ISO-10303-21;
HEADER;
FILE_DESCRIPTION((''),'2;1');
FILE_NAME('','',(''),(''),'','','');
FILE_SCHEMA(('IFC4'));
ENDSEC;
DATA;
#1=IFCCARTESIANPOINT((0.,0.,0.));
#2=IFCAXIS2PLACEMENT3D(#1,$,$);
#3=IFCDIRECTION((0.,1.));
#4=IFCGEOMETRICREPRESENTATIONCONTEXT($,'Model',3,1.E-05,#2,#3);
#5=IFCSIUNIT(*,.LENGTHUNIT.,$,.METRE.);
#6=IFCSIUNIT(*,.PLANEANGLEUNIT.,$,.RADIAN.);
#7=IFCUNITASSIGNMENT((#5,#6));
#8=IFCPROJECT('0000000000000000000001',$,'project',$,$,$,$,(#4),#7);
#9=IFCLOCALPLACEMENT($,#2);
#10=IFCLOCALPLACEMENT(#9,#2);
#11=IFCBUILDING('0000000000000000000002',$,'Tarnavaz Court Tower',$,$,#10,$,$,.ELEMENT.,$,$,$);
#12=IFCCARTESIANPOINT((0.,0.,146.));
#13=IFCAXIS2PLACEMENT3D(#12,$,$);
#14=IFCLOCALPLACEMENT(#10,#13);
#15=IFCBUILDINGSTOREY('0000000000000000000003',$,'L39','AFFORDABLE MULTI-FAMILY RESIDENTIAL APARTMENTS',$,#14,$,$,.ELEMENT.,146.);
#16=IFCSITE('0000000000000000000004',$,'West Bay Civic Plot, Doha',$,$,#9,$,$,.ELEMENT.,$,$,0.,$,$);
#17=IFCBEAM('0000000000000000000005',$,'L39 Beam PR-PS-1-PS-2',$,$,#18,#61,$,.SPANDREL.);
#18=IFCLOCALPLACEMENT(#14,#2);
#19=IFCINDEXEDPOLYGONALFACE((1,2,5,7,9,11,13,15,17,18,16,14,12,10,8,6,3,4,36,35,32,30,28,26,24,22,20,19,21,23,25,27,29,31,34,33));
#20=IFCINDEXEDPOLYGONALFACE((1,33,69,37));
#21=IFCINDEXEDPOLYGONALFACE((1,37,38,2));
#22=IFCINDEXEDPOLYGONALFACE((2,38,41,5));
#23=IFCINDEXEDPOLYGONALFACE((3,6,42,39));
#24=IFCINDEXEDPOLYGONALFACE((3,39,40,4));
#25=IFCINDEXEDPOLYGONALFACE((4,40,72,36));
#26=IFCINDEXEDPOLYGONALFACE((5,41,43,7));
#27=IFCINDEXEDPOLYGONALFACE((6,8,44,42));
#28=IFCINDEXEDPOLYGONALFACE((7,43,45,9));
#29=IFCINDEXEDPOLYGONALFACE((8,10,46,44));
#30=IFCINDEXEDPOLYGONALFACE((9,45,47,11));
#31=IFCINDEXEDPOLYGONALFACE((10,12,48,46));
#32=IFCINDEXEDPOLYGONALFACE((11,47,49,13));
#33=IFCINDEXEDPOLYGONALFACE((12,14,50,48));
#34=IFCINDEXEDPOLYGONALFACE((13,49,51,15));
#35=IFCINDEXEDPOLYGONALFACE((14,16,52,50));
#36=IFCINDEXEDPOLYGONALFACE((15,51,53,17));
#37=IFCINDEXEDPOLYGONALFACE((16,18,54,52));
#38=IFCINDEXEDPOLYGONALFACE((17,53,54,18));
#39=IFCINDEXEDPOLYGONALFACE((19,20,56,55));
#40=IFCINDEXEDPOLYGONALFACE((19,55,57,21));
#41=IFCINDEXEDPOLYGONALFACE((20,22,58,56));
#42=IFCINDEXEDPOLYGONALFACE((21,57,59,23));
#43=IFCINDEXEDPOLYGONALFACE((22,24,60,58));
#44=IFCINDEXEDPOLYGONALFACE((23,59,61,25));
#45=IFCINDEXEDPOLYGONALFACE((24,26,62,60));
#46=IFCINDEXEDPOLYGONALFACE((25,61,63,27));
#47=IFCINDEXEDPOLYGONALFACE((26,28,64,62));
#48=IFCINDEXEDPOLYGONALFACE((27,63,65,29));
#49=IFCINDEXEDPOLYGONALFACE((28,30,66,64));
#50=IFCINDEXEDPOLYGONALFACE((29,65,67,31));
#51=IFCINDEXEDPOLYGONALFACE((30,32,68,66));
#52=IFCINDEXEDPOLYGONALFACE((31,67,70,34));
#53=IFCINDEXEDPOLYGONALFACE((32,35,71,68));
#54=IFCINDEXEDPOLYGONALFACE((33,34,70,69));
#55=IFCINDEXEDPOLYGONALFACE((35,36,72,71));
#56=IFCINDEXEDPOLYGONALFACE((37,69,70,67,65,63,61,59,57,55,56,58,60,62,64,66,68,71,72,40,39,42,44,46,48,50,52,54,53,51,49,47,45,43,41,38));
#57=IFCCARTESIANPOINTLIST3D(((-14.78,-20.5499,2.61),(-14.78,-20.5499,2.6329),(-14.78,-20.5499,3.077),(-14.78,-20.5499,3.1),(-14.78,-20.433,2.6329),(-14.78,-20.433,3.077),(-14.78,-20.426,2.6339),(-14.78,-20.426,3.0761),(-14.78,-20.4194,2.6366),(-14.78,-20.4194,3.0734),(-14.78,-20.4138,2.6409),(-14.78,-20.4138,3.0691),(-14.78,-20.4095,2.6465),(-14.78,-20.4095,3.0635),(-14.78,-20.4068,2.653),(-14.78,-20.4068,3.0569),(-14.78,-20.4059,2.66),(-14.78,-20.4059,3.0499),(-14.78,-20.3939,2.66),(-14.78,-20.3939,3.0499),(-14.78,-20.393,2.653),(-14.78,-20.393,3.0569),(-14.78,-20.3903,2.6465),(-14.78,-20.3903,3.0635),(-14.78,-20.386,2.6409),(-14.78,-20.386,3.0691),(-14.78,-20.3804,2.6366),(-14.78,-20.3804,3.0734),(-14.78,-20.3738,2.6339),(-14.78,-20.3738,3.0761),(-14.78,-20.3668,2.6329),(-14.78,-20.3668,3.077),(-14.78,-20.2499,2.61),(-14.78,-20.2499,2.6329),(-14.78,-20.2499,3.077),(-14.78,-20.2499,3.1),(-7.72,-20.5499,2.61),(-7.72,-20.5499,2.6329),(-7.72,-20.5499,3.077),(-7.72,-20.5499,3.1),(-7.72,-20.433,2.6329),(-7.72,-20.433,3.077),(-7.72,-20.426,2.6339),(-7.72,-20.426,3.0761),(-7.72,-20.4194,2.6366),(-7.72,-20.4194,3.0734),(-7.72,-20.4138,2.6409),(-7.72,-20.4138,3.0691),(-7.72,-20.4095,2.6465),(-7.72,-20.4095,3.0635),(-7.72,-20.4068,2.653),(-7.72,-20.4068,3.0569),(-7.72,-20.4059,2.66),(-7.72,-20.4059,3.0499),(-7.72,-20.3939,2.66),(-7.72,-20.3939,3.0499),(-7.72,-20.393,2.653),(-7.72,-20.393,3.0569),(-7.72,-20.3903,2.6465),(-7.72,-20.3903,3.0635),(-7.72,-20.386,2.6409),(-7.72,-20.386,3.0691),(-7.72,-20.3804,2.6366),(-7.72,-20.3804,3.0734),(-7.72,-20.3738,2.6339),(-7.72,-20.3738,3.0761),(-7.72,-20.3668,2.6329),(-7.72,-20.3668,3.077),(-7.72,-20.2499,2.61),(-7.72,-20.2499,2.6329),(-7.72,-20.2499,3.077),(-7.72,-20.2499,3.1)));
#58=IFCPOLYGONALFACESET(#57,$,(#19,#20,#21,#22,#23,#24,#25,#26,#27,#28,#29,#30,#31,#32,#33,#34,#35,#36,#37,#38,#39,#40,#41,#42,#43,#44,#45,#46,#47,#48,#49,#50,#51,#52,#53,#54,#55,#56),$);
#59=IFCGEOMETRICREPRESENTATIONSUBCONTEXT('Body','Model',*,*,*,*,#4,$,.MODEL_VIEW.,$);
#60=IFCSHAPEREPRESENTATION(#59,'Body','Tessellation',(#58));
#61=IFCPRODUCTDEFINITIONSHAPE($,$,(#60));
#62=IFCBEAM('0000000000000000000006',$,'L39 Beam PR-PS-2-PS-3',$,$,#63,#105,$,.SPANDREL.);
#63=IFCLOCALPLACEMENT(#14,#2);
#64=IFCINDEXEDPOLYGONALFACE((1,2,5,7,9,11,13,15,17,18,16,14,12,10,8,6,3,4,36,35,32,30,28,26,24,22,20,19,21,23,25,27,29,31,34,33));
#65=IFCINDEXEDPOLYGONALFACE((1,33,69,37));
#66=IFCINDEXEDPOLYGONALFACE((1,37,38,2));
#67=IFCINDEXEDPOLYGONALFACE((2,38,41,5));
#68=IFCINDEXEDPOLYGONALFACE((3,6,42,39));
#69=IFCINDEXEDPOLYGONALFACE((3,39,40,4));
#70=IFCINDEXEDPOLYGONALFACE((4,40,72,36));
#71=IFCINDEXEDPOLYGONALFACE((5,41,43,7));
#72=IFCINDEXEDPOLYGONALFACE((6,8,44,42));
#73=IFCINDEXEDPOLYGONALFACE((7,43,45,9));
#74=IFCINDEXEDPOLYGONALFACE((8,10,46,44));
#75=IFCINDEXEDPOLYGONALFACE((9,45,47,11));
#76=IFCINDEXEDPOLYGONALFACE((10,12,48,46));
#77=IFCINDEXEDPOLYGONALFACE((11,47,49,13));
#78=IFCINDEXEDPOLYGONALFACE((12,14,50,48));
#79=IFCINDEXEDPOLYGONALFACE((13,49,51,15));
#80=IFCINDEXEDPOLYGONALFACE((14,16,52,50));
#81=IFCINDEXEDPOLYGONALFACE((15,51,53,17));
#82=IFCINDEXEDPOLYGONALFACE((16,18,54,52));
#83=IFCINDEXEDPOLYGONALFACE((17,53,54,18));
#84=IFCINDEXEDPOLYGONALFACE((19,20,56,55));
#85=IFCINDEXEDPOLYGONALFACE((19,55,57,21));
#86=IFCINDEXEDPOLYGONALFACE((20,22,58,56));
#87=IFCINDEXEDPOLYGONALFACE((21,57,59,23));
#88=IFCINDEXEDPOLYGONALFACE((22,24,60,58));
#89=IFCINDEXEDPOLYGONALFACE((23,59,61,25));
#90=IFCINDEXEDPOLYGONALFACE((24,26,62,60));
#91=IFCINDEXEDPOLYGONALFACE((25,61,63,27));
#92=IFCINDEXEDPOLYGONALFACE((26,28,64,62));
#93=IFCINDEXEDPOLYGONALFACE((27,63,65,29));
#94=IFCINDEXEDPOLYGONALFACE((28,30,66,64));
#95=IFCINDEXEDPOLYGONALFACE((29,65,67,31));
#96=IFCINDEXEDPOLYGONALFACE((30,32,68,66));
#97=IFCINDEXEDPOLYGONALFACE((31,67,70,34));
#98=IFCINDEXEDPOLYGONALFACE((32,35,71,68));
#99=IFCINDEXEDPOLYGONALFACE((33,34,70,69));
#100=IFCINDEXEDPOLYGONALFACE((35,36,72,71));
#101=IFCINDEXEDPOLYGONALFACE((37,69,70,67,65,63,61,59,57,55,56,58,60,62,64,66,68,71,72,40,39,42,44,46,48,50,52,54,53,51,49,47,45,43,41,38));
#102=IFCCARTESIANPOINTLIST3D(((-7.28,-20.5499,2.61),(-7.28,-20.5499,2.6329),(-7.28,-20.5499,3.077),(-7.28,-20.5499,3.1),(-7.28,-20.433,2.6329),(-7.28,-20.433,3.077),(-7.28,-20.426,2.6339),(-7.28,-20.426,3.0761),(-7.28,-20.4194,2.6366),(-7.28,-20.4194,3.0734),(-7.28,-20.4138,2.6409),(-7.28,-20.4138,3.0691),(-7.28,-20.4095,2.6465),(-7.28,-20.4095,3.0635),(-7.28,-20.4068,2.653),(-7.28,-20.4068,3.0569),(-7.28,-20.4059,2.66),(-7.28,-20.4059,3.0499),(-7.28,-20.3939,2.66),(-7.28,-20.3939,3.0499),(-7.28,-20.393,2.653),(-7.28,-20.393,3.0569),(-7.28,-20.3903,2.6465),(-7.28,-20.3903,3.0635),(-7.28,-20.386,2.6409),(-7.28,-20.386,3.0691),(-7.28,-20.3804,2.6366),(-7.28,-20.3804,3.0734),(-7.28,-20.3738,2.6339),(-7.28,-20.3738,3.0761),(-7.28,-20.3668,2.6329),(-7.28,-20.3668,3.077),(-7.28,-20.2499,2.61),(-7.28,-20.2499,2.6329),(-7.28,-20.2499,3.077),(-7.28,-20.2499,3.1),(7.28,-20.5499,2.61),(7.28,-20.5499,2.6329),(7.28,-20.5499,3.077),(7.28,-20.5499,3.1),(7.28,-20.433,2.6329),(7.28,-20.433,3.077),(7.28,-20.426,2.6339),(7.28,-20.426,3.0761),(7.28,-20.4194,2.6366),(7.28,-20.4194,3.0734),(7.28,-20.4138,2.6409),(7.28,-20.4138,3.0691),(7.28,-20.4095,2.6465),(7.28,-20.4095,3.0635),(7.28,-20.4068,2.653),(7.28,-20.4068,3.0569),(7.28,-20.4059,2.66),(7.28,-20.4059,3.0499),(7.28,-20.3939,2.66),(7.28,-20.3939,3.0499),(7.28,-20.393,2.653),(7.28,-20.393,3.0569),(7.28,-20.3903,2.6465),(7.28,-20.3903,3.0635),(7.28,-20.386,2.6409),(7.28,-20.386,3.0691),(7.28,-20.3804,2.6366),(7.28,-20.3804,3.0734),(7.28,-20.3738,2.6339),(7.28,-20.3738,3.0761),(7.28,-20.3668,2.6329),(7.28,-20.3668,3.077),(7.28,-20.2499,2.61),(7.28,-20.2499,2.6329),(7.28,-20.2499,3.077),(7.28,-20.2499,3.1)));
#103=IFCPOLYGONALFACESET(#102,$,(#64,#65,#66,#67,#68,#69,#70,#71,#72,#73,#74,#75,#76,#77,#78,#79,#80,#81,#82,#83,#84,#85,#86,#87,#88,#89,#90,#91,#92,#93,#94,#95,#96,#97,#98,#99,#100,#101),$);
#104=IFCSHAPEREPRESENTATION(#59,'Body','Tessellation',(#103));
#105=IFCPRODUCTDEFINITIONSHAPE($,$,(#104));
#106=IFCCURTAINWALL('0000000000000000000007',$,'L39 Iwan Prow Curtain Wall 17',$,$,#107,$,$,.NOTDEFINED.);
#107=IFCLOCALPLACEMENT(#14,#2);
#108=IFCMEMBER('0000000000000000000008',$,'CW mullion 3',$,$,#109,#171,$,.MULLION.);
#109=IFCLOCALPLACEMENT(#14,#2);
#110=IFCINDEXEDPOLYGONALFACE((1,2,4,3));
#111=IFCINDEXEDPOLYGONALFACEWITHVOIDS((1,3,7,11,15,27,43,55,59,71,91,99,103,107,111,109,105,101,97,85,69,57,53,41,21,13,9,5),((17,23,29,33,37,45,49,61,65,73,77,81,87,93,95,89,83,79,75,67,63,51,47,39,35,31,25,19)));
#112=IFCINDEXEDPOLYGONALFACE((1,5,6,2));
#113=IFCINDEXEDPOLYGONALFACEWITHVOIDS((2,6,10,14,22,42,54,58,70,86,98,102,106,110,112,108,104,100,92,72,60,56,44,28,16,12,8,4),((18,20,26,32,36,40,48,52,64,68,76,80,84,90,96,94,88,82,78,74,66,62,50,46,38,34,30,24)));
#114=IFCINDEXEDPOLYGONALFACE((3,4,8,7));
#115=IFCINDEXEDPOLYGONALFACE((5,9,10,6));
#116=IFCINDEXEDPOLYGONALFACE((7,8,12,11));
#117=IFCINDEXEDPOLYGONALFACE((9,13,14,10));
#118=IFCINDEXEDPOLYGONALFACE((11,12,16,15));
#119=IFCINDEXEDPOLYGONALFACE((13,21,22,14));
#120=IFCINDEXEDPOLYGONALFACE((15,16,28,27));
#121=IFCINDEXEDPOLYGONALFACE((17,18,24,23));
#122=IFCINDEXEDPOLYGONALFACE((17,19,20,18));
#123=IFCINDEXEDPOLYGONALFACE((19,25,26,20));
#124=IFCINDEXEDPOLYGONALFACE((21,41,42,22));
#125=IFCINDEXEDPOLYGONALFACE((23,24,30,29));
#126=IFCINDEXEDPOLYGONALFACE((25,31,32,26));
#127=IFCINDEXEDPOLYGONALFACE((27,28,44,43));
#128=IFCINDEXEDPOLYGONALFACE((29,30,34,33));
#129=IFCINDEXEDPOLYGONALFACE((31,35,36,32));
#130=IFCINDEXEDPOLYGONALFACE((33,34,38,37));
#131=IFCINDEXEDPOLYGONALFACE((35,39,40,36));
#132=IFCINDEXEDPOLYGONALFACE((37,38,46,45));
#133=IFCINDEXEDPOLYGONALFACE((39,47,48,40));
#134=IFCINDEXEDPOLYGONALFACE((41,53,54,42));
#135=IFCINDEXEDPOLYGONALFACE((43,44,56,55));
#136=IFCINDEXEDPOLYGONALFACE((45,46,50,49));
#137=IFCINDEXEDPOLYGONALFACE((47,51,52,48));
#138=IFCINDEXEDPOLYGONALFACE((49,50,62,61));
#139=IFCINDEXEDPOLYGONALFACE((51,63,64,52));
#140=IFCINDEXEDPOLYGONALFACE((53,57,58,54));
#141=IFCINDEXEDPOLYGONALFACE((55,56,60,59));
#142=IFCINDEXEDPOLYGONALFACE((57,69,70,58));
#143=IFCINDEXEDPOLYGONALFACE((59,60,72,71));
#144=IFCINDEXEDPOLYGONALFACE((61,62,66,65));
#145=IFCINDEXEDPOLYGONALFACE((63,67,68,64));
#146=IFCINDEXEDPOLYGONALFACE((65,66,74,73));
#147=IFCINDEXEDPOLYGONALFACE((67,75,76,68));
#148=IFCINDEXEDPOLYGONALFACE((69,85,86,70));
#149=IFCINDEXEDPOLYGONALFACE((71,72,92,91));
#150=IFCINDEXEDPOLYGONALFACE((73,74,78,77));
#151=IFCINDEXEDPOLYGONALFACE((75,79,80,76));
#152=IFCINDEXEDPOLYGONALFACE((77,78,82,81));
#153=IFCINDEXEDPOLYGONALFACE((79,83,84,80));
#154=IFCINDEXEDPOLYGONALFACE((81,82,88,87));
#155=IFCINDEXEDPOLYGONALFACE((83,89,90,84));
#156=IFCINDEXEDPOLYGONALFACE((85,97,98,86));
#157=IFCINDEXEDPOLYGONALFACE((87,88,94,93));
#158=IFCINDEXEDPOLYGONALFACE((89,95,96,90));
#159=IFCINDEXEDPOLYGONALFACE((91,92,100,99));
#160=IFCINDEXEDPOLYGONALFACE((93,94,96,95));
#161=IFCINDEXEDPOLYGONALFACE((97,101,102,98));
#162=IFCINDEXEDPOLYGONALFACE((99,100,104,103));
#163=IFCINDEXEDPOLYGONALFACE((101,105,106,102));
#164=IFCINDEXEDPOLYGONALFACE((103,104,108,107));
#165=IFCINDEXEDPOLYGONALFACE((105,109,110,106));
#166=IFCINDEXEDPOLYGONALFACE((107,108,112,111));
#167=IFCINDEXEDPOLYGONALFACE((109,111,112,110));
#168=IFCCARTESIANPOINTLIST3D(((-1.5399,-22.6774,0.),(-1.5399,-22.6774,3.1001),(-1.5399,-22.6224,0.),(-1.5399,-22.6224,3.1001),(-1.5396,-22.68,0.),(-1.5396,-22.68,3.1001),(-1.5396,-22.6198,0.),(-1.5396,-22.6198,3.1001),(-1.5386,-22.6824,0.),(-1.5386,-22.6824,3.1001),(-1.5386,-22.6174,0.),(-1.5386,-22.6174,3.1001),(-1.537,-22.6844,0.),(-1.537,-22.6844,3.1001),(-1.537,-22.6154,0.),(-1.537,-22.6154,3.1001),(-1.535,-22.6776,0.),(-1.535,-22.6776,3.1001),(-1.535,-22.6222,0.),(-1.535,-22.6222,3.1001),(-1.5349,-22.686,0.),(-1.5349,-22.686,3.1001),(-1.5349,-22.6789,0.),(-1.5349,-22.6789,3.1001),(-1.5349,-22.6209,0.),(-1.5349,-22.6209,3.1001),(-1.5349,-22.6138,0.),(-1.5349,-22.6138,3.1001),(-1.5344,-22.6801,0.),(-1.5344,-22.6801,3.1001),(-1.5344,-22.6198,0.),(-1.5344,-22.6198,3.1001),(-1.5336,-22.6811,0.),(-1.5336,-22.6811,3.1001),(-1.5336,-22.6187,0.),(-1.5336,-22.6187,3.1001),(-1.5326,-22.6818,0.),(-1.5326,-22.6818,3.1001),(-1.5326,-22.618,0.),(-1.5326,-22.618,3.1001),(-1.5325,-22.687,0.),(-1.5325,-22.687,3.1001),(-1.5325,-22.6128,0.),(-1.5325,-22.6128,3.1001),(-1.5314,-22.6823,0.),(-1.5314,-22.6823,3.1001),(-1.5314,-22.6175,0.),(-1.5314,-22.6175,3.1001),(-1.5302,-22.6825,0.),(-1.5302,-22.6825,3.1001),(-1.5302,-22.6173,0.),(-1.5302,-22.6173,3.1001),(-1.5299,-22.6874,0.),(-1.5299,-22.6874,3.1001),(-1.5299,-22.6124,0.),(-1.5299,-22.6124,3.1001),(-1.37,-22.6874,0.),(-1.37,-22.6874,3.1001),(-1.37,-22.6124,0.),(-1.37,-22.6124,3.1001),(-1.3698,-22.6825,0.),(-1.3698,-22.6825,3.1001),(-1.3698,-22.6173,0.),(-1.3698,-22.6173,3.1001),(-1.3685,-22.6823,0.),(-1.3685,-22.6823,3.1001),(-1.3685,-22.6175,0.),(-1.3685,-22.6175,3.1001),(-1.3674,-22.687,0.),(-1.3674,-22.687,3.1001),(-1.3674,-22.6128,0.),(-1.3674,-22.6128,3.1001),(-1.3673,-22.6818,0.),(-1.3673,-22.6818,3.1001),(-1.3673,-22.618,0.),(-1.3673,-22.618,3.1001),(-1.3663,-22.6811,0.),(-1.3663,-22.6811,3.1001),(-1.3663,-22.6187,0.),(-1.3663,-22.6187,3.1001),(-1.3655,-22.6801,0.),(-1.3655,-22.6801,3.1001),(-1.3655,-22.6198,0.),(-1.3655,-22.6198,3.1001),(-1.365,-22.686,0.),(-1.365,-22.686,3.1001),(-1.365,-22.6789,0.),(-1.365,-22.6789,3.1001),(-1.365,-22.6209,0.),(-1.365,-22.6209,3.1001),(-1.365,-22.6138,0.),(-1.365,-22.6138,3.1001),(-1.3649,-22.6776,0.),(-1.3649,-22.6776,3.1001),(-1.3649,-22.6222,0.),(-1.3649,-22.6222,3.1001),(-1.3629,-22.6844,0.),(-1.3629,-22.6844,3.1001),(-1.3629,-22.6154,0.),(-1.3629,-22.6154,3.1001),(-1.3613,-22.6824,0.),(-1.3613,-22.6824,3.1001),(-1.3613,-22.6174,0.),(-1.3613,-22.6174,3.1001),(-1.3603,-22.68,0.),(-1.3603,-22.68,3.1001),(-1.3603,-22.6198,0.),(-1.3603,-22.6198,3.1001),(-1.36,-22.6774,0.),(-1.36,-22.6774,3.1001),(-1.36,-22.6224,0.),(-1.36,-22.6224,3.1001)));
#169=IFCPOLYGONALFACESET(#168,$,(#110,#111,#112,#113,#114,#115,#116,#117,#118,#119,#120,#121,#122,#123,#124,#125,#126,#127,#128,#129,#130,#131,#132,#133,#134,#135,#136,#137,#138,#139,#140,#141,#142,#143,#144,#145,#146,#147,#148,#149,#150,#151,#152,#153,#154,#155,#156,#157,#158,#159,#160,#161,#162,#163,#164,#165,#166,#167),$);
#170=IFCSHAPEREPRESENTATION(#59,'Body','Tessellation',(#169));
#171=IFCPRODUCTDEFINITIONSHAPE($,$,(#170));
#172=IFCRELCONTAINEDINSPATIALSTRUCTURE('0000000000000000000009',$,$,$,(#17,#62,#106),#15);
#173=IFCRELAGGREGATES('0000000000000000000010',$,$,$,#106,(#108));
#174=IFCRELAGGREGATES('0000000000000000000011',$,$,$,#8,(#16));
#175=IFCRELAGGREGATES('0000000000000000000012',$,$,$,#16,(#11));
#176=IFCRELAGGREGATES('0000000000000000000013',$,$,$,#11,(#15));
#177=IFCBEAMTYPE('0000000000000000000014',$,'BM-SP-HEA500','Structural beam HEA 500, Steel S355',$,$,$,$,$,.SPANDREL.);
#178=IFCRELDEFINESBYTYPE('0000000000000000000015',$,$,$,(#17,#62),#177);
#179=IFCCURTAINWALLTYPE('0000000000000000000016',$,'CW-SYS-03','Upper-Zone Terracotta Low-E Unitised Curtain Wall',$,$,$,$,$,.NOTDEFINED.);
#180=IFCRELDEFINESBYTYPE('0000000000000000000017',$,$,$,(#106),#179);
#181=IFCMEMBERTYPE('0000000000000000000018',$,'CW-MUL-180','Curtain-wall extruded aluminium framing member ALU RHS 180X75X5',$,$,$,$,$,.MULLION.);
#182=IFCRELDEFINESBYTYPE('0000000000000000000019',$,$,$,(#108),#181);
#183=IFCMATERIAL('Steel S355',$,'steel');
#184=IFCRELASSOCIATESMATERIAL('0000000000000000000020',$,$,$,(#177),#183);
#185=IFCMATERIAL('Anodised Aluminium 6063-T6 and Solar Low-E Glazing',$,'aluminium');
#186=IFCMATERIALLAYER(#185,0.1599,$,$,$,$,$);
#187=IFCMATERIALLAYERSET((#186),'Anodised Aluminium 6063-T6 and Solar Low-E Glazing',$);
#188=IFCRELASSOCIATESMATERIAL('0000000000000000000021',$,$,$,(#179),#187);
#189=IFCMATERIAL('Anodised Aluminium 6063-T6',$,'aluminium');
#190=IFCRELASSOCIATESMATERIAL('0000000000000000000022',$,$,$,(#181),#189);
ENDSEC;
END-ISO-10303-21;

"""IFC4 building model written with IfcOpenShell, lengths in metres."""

from ifc_helpers import new_model, si_unit, direction, frame, origin, origin_2d, place, context, subcontext, project, spatial, hollow_rectangle, i_section, extrude, material, layer, layer_set, material_profile, profile_set, type_object, element, aggregate, save


model = new_model("IFC4")

# Units and contexts
model_context = context("Model", 3, precision=1e-05, world=origin(), true_north=direction((0.0, 1.0)))
body_context = subcontext(model_context, "Body", "Model", "MODEL_VIEW")
ifc_project = project(units=[si_unit("LENGTHUNIT", "METRE"), si_unit("PLANEANGLEUNIT", "RADIAN")], contexts=[model_context])

# Site, building, storey
site_placement = place(None, origin())
site = spatial("IfcSite", under=ifc_project, at=site_placement, Name="West Bay Civic Plot, Doha", CompositionType="ELEMENT", RefElevation=0.0)
building_placement = place(site_placement, origin())
building = spatial("IfcBuilding", under=site, at=building_placement, Name="Tarnavaz Court Tower", CompositionType="ELEMENT")
storey_placement = place(building_placement, frame((0.0, 0.0, 146.0)))
storey = spatial("IfcBuildingStorey", under=building, at=storey_placement, Name="L39", Description="AFFORDABLE MULTI-FAMILY RESIDENTIAL APARTMENTS", CompositionType="ELEMENT", Elevation=146.0)

# Beams
ifc_material_1 = material(Name="Steel S355", Category="steel")
ifc_material_profile_1 = material_profile(ifc_material_1, i_section(OverallWidth=0.3, OverallDepth=0.49, WebThickness=0.012, FlangeThickness=0.0229, FilletRadius=0.0271, at=origin_2d()), Name="HEA 500")
ifc_profile_set_1 = profile_set([ifc_material_profile_1], Name="Steel S355")
beam_type_1 = type_object("IfcBeamType", Name="BM-SP-HEA500", Description="Structural beam HEA 500, Steel S355", PredefinedType="SPANDREL", material=ifc_profile_set_1)
beam_1_placement = place(storey_placement, frame((-14.78, -20.3999, 2.855), z_axis=(1.0, 0.0, 0.0), x_axis=(0.0, 1.0, 0.0)))
element("IfcBeam", 1, at=beam_1_placement, inside=storey, type_object=beam_type_1, Name="L39 Beam PR-PS-1-PS-2", PredefinedType="SPANDREL", context=body_context, shape_type="SweptSolid", body=[
    extrude(i_section(OverallWidth=0.3, OverallDepth=0.49, WebThickness=0.012, FlangeThickness=0.0229, FilletRadius=0.0271, at=origin_2d()), origin(), (0.0, 0.0, 1.0), 7.0601),
])
beam_2_placement = place(storey_placement, frame((-7.28, -20.3999, 2.855), z_axis=(1.0, 0.0, 0.0), x_axis=(0.0, 1.0, 0.0)))
element("IfcBeam", 2, at=beam_2_placement, inside=storey, type_object=beam_type_1, Name="L39 Beam PR-PS-2-PS-3", PredefinedType="SPANDREL", context=body_context, shape_type="SweptSolid", body=[
    extrude(i_section(OverallWidth=0.3, OverallDepth=0.49, WebThickness=0.012, FlangeThickness=0.0229, FilletRadius=0.0271, at=origin_2d()), origin(), (0.0, 0.0, 1.0), 14.5601),
])

# Curtain wall, member
ifc_material_2 = material(Name="Anodised Aluminium 6063-T6 and Solar Low-E Glazing", Category="aluminium")
ifc_layer_1 = layer(ifc_material_2, 0.1599)
ifc_layer_set_1 = layer_set([ifc_layer_1], Name="Anodised Aluminium 6063-T6 and Solar Low-E Glazing")
curtain_wall_type = type_object("IfcCurtainWallType", Name="CW-SYS-03", Description="Upper-Zone Terracotta Low-E Unitised Curtain Wall", PredefinedType="NOTDEFINED", material=ifc_layer_set_1)
curtain_wall_placement = place(storey_placement, origin())
curtain_wall = element("IfcCurtainWall", 3, at=curtain_wall_placement, inside=storey, type_object=curtain_wall_type, Name="L39 Iwan Prow Curtain Wall 17", PredefinedType="NOTDEFINED")
ifc_material_3 = material(Name="Anodised Aluminium 6063-T6", Category="aluminium")
ifc_material_profile_2 = material_profile(ifc_material_3, hollow_rectangle(XDim=0.075, YDim=0.1799, WallThickness=0.0049, InnerFilletRadius=0.0049, OuterFilletRadius=0.01, at=origin_2d()), Name="ALU RHS 180X75X5")
ifc_profile_set_2 = profile_set([ifc_material_profile_2], Name="Anodised Aluminium 6063-T6")
member_type_1 = type_object("IfcMemberType", Name="CW-MUL-180", Description="Curtain-wall extruded aluminium framing member ALU RHS 180X75X5", PredefinedType="MULLION", material=ifc_profile_set_2)
member_1_placement = place(storey_placement, frame((-1.45, -22.6499, 0.0), z_axis=(0.0, 0.0, 1.0), x_axis=(0.0, -1.0, 0.0)))
member_1 = element("IfcMember", 4, at=member_1_placement, type_object=member_type_1, Name="CW mullion 3", PredefinedType="MULLION", context=body_context, shape_type="SweptSolid", body=[
    extrude(hollow_rectangle(XDim=0.075, YDim=0.1799, WallThickness=0.0049, InnerFilletRadius=0.0049, OuterFilletRadius=0.01, at=origin_2d()), origin(), (0.0, 0.0, 1.0), 3.1001),
])
aggregate(curtain_wall, [member_1])

save(model, "model.ifc")
